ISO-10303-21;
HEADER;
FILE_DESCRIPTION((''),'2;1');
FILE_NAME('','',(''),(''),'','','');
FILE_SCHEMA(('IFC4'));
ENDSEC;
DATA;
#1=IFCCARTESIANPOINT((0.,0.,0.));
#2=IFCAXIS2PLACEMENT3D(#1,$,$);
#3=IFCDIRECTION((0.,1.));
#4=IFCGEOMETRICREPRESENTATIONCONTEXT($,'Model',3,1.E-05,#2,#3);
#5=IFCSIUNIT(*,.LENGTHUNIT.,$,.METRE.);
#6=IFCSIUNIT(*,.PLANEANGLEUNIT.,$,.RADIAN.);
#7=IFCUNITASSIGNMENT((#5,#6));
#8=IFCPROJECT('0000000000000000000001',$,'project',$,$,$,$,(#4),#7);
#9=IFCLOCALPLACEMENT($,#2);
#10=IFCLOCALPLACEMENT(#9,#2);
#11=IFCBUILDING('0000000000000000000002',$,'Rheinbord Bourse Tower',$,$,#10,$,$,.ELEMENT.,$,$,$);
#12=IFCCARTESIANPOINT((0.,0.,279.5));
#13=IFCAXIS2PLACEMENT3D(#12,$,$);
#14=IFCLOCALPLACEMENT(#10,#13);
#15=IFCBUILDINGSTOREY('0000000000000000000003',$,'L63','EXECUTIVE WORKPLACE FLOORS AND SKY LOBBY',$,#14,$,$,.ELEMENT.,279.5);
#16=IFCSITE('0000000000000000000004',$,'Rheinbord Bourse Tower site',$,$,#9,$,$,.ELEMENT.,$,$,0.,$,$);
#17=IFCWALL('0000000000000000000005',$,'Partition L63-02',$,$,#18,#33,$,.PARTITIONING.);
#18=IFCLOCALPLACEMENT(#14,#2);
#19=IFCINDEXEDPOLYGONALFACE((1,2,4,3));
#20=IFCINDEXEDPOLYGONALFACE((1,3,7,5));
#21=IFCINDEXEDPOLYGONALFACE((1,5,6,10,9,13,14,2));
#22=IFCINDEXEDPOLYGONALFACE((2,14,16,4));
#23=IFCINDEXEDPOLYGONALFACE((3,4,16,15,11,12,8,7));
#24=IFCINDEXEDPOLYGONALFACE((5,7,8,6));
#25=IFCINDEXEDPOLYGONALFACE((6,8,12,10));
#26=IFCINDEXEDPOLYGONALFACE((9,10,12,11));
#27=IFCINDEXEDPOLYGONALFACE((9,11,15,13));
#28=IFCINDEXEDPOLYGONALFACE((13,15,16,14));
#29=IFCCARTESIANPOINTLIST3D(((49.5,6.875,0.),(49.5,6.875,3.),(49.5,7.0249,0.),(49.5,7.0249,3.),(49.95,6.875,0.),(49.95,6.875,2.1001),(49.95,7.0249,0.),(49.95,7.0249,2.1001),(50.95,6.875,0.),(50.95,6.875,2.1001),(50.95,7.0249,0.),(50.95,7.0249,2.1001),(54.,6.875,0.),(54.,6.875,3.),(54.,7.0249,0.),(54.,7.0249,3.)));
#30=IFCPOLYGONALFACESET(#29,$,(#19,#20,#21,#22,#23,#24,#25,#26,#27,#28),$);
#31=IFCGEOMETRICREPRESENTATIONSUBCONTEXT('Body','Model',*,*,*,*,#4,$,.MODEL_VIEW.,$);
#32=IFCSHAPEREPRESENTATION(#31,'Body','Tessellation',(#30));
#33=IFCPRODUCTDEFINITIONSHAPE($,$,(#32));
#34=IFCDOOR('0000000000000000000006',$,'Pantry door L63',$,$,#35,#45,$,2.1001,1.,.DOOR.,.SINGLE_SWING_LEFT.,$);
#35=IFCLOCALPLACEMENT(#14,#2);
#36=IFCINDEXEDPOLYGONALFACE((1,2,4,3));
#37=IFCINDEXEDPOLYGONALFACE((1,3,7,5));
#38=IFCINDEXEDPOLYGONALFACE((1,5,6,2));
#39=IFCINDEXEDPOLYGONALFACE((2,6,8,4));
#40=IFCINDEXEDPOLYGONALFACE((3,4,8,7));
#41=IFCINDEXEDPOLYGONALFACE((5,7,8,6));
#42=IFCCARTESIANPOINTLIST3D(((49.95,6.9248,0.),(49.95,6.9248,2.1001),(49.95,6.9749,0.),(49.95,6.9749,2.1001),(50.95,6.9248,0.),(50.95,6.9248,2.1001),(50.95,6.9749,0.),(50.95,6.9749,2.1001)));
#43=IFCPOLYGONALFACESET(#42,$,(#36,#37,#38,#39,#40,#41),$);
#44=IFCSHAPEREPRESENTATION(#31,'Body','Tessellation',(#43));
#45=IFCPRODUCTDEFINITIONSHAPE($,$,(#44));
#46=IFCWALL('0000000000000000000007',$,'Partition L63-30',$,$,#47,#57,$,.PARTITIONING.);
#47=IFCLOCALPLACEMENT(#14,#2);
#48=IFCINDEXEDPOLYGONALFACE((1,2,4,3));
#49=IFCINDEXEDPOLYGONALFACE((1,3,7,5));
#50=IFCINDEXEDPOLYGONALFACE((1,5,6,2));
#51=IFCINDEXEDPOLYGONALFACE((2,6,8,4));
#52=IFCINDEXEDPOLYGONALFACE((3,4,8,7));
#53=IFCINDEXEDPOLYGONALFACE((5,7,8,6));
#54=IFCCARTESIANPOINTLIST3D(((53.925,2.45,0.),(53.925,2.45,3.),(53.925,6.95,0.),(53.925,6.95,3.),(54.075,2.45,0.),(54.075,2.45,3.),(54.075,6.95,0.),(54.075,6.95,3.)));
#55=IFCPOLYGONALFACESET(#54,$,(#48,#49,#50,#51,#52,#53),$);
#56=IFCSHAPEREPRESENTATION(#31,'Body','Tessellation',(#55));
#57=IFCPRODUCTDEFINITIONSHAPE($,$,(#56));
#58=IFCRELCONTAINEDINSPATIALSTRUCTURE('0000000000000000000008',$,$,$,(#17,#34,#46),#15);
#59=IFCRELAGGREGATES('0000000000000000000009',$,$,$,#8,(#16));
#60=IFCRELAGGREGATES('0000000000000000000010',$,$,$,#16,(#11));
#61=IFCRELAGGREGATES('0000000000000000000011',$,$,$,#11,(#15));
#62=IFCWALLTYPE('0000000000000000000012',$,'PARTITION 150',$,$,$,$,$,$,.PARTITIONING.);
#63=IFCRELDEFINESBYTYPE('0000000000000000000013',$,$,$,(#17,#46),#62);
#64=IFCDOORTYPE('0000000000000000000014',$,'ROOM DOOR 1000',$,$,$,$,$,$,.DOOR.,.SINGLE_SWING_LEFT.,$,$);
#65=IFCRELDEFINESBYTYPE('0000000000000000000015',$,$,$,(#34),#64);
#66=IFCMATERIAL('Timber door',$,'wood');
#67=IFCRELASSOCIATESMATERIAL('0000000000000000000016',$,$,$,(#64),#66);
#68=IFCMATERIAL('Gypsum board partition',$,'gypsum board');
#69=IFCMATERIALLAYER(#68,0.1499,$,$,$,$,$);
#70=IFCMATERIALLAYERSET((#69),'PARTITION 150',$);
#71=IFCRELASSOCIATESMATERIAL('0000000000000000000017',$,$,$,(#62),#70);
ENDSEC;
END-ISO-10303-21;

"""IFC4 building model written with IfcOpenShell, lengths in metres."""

from ifc_helpers import new_model, si_unit, direction, frame, frame_2d, origin, place, context, subcontext, project, spatial, rectangle, extrude, material, layer, layer_set, type_object, element, fill, save


model = new_model("IFC4")

# Units and contexts
model_context = context("Model", 3, precision=1e-05, world=origin(), true_north=direction((0.0, 1.0)))
body_context = subcontext(model_context, "Body", "Model", "MODEL_VIEW")
ifc_project = project(units=[si_unit("LENGTHUNIT", "METRE"), si_unit("PLANEANGLEUNIT", "RADIAN")], contexts=[model_context])

# Site, building, storey
site_placement = place(None, origin())
site = spatial("IfcSite", under=ifc_project, at=site_placement, Name="Rheinbord Bourse Tower site", CompositionType="ELEMENT", RefElevation=0.0)
building_placement = place(site_placement, origin())
building = spatial("IfcBuilding", under=site, at=building_placement, Name="Rheinbord Bourse Tower", CompositionType="ELEMENT")
storey_placement = place(building_placement, frame((0.0, 0.0, 279.5)))
storey = spatial("IfcBuildingStorey", under=building, at=storey_placement, Name="L63", Description="EXECUTIVE WORKPLACE FLOORS AND SKY LOBBY", CompositionType="ELEMENT", Elevation=279.5)

# Shared definitions
ifc_material_1 = material(Name="Timber door", Category="wood")
door_type = type_object("IfcDoorType", Name="ROOM DOOR 1000", OperationType="SINGLE_SWING_LEFT", PredefinedType="DOOR", material=ifc_material_1)

# Wall, opening, door
ifc_material_2 = material(Name="Gypsum board partition", Category="gypsum board")
ifc_layer_1 = layer(ifc_material_2, 0.1499)
ifc_layer_set_1 = layer_set([ifc_layer_1], Name="PARTITION 150")
wall_type_1 = type_object("IfcWallType", Name="PARTITION 150", PredefinedType="PARTITIONING", material=ifc_layer_set_1)
wall_1_placement = place(storey_placement, frame((49.5, 6.95, 0.0), z_axis=(0.0, 0.0, 1.0), x_axis=(1.0, 0.0, 0.0)))
wall_1 = element("IfcWall", 1, at=wall_1_placement, inside=storey, type_object=wall_type_1, Name="Partition L63-02", PredefinedType="PARTITIONING", context=body_context, shape_type="SweptSolid", body=[
    extrude(rectangle(XDim=4.5, YDim=0.1499, at=frame_2d((2.25, 0.0))), origin(), (0.0, 0.0, 1.0), 3.0),
])
opening_1_placement = place(wall_1_placement, frame((0.45, 0.0, 0.0)))
opening_1 = element("IfcOpeningElement", 2, at=opening_1_placement, cuts=wall_1, PredefinedType="OPENING", context=body_context, shape_type="SweptSolid", body=[
    extrude(rectangle(XDim=1.0, YDim=2.1001, at=frame_2d((0.5, 1.05))), frame((0.0, 0.085, 0.0), z_axis=(0.0, -1.0, 0.0), x_axis=(1.0, 0.0, 0.0)), (0.0, 0.0, 1.0), 0.1699),
])
door_1_placement = place(opening_1_placement, origin())
door_1 = element("IfcDoor", 3, at=door_1_placement, inside=storey, type_object=door_type, Name="Pantry door L63", OperationType="SINGLE_SWING_LEFT", OverallHeight=2.1001, OverallWidth=1.0, PredefinedType="DOOR", context=body_context, shape_type="SweptSolid", body=[
    extrude(rectangle(XDim=1.0, YDim=2.1001, at=frame_2d((0.5, 1.05))), frame((0.0, 0.0249, 0.0), z_axis=(0.0, -1.0, 0.0), x_axis=(1.0, 0.0, 0.0)), (0.0, 0.0, 1.0), 0.05),
])
fill(opening_1, door_1)

# Wall
wall_2_placement = place(storey_placement, frame((54.0, 2.45, 0.0), z_axis=(0.0, 0.0, 1.0), x_axis=(0.0, 1.0, 0.0)))
element("IfcWall", 4, at=wall_2_placement, inside=storey, type_object=wall_type_1, Name="Partition L63-30", PredefinedType="PARTITIONING", context=body_context, shape_type="SweptSolid", body=[
    extrude(rectangle(XDim=4.5, YDim=0.1499, at=frame_2d((2.25, 0.0))), origin(), (0.0, 0.0, 1.0), 3.0),
])

save(model, "model.ifc")
